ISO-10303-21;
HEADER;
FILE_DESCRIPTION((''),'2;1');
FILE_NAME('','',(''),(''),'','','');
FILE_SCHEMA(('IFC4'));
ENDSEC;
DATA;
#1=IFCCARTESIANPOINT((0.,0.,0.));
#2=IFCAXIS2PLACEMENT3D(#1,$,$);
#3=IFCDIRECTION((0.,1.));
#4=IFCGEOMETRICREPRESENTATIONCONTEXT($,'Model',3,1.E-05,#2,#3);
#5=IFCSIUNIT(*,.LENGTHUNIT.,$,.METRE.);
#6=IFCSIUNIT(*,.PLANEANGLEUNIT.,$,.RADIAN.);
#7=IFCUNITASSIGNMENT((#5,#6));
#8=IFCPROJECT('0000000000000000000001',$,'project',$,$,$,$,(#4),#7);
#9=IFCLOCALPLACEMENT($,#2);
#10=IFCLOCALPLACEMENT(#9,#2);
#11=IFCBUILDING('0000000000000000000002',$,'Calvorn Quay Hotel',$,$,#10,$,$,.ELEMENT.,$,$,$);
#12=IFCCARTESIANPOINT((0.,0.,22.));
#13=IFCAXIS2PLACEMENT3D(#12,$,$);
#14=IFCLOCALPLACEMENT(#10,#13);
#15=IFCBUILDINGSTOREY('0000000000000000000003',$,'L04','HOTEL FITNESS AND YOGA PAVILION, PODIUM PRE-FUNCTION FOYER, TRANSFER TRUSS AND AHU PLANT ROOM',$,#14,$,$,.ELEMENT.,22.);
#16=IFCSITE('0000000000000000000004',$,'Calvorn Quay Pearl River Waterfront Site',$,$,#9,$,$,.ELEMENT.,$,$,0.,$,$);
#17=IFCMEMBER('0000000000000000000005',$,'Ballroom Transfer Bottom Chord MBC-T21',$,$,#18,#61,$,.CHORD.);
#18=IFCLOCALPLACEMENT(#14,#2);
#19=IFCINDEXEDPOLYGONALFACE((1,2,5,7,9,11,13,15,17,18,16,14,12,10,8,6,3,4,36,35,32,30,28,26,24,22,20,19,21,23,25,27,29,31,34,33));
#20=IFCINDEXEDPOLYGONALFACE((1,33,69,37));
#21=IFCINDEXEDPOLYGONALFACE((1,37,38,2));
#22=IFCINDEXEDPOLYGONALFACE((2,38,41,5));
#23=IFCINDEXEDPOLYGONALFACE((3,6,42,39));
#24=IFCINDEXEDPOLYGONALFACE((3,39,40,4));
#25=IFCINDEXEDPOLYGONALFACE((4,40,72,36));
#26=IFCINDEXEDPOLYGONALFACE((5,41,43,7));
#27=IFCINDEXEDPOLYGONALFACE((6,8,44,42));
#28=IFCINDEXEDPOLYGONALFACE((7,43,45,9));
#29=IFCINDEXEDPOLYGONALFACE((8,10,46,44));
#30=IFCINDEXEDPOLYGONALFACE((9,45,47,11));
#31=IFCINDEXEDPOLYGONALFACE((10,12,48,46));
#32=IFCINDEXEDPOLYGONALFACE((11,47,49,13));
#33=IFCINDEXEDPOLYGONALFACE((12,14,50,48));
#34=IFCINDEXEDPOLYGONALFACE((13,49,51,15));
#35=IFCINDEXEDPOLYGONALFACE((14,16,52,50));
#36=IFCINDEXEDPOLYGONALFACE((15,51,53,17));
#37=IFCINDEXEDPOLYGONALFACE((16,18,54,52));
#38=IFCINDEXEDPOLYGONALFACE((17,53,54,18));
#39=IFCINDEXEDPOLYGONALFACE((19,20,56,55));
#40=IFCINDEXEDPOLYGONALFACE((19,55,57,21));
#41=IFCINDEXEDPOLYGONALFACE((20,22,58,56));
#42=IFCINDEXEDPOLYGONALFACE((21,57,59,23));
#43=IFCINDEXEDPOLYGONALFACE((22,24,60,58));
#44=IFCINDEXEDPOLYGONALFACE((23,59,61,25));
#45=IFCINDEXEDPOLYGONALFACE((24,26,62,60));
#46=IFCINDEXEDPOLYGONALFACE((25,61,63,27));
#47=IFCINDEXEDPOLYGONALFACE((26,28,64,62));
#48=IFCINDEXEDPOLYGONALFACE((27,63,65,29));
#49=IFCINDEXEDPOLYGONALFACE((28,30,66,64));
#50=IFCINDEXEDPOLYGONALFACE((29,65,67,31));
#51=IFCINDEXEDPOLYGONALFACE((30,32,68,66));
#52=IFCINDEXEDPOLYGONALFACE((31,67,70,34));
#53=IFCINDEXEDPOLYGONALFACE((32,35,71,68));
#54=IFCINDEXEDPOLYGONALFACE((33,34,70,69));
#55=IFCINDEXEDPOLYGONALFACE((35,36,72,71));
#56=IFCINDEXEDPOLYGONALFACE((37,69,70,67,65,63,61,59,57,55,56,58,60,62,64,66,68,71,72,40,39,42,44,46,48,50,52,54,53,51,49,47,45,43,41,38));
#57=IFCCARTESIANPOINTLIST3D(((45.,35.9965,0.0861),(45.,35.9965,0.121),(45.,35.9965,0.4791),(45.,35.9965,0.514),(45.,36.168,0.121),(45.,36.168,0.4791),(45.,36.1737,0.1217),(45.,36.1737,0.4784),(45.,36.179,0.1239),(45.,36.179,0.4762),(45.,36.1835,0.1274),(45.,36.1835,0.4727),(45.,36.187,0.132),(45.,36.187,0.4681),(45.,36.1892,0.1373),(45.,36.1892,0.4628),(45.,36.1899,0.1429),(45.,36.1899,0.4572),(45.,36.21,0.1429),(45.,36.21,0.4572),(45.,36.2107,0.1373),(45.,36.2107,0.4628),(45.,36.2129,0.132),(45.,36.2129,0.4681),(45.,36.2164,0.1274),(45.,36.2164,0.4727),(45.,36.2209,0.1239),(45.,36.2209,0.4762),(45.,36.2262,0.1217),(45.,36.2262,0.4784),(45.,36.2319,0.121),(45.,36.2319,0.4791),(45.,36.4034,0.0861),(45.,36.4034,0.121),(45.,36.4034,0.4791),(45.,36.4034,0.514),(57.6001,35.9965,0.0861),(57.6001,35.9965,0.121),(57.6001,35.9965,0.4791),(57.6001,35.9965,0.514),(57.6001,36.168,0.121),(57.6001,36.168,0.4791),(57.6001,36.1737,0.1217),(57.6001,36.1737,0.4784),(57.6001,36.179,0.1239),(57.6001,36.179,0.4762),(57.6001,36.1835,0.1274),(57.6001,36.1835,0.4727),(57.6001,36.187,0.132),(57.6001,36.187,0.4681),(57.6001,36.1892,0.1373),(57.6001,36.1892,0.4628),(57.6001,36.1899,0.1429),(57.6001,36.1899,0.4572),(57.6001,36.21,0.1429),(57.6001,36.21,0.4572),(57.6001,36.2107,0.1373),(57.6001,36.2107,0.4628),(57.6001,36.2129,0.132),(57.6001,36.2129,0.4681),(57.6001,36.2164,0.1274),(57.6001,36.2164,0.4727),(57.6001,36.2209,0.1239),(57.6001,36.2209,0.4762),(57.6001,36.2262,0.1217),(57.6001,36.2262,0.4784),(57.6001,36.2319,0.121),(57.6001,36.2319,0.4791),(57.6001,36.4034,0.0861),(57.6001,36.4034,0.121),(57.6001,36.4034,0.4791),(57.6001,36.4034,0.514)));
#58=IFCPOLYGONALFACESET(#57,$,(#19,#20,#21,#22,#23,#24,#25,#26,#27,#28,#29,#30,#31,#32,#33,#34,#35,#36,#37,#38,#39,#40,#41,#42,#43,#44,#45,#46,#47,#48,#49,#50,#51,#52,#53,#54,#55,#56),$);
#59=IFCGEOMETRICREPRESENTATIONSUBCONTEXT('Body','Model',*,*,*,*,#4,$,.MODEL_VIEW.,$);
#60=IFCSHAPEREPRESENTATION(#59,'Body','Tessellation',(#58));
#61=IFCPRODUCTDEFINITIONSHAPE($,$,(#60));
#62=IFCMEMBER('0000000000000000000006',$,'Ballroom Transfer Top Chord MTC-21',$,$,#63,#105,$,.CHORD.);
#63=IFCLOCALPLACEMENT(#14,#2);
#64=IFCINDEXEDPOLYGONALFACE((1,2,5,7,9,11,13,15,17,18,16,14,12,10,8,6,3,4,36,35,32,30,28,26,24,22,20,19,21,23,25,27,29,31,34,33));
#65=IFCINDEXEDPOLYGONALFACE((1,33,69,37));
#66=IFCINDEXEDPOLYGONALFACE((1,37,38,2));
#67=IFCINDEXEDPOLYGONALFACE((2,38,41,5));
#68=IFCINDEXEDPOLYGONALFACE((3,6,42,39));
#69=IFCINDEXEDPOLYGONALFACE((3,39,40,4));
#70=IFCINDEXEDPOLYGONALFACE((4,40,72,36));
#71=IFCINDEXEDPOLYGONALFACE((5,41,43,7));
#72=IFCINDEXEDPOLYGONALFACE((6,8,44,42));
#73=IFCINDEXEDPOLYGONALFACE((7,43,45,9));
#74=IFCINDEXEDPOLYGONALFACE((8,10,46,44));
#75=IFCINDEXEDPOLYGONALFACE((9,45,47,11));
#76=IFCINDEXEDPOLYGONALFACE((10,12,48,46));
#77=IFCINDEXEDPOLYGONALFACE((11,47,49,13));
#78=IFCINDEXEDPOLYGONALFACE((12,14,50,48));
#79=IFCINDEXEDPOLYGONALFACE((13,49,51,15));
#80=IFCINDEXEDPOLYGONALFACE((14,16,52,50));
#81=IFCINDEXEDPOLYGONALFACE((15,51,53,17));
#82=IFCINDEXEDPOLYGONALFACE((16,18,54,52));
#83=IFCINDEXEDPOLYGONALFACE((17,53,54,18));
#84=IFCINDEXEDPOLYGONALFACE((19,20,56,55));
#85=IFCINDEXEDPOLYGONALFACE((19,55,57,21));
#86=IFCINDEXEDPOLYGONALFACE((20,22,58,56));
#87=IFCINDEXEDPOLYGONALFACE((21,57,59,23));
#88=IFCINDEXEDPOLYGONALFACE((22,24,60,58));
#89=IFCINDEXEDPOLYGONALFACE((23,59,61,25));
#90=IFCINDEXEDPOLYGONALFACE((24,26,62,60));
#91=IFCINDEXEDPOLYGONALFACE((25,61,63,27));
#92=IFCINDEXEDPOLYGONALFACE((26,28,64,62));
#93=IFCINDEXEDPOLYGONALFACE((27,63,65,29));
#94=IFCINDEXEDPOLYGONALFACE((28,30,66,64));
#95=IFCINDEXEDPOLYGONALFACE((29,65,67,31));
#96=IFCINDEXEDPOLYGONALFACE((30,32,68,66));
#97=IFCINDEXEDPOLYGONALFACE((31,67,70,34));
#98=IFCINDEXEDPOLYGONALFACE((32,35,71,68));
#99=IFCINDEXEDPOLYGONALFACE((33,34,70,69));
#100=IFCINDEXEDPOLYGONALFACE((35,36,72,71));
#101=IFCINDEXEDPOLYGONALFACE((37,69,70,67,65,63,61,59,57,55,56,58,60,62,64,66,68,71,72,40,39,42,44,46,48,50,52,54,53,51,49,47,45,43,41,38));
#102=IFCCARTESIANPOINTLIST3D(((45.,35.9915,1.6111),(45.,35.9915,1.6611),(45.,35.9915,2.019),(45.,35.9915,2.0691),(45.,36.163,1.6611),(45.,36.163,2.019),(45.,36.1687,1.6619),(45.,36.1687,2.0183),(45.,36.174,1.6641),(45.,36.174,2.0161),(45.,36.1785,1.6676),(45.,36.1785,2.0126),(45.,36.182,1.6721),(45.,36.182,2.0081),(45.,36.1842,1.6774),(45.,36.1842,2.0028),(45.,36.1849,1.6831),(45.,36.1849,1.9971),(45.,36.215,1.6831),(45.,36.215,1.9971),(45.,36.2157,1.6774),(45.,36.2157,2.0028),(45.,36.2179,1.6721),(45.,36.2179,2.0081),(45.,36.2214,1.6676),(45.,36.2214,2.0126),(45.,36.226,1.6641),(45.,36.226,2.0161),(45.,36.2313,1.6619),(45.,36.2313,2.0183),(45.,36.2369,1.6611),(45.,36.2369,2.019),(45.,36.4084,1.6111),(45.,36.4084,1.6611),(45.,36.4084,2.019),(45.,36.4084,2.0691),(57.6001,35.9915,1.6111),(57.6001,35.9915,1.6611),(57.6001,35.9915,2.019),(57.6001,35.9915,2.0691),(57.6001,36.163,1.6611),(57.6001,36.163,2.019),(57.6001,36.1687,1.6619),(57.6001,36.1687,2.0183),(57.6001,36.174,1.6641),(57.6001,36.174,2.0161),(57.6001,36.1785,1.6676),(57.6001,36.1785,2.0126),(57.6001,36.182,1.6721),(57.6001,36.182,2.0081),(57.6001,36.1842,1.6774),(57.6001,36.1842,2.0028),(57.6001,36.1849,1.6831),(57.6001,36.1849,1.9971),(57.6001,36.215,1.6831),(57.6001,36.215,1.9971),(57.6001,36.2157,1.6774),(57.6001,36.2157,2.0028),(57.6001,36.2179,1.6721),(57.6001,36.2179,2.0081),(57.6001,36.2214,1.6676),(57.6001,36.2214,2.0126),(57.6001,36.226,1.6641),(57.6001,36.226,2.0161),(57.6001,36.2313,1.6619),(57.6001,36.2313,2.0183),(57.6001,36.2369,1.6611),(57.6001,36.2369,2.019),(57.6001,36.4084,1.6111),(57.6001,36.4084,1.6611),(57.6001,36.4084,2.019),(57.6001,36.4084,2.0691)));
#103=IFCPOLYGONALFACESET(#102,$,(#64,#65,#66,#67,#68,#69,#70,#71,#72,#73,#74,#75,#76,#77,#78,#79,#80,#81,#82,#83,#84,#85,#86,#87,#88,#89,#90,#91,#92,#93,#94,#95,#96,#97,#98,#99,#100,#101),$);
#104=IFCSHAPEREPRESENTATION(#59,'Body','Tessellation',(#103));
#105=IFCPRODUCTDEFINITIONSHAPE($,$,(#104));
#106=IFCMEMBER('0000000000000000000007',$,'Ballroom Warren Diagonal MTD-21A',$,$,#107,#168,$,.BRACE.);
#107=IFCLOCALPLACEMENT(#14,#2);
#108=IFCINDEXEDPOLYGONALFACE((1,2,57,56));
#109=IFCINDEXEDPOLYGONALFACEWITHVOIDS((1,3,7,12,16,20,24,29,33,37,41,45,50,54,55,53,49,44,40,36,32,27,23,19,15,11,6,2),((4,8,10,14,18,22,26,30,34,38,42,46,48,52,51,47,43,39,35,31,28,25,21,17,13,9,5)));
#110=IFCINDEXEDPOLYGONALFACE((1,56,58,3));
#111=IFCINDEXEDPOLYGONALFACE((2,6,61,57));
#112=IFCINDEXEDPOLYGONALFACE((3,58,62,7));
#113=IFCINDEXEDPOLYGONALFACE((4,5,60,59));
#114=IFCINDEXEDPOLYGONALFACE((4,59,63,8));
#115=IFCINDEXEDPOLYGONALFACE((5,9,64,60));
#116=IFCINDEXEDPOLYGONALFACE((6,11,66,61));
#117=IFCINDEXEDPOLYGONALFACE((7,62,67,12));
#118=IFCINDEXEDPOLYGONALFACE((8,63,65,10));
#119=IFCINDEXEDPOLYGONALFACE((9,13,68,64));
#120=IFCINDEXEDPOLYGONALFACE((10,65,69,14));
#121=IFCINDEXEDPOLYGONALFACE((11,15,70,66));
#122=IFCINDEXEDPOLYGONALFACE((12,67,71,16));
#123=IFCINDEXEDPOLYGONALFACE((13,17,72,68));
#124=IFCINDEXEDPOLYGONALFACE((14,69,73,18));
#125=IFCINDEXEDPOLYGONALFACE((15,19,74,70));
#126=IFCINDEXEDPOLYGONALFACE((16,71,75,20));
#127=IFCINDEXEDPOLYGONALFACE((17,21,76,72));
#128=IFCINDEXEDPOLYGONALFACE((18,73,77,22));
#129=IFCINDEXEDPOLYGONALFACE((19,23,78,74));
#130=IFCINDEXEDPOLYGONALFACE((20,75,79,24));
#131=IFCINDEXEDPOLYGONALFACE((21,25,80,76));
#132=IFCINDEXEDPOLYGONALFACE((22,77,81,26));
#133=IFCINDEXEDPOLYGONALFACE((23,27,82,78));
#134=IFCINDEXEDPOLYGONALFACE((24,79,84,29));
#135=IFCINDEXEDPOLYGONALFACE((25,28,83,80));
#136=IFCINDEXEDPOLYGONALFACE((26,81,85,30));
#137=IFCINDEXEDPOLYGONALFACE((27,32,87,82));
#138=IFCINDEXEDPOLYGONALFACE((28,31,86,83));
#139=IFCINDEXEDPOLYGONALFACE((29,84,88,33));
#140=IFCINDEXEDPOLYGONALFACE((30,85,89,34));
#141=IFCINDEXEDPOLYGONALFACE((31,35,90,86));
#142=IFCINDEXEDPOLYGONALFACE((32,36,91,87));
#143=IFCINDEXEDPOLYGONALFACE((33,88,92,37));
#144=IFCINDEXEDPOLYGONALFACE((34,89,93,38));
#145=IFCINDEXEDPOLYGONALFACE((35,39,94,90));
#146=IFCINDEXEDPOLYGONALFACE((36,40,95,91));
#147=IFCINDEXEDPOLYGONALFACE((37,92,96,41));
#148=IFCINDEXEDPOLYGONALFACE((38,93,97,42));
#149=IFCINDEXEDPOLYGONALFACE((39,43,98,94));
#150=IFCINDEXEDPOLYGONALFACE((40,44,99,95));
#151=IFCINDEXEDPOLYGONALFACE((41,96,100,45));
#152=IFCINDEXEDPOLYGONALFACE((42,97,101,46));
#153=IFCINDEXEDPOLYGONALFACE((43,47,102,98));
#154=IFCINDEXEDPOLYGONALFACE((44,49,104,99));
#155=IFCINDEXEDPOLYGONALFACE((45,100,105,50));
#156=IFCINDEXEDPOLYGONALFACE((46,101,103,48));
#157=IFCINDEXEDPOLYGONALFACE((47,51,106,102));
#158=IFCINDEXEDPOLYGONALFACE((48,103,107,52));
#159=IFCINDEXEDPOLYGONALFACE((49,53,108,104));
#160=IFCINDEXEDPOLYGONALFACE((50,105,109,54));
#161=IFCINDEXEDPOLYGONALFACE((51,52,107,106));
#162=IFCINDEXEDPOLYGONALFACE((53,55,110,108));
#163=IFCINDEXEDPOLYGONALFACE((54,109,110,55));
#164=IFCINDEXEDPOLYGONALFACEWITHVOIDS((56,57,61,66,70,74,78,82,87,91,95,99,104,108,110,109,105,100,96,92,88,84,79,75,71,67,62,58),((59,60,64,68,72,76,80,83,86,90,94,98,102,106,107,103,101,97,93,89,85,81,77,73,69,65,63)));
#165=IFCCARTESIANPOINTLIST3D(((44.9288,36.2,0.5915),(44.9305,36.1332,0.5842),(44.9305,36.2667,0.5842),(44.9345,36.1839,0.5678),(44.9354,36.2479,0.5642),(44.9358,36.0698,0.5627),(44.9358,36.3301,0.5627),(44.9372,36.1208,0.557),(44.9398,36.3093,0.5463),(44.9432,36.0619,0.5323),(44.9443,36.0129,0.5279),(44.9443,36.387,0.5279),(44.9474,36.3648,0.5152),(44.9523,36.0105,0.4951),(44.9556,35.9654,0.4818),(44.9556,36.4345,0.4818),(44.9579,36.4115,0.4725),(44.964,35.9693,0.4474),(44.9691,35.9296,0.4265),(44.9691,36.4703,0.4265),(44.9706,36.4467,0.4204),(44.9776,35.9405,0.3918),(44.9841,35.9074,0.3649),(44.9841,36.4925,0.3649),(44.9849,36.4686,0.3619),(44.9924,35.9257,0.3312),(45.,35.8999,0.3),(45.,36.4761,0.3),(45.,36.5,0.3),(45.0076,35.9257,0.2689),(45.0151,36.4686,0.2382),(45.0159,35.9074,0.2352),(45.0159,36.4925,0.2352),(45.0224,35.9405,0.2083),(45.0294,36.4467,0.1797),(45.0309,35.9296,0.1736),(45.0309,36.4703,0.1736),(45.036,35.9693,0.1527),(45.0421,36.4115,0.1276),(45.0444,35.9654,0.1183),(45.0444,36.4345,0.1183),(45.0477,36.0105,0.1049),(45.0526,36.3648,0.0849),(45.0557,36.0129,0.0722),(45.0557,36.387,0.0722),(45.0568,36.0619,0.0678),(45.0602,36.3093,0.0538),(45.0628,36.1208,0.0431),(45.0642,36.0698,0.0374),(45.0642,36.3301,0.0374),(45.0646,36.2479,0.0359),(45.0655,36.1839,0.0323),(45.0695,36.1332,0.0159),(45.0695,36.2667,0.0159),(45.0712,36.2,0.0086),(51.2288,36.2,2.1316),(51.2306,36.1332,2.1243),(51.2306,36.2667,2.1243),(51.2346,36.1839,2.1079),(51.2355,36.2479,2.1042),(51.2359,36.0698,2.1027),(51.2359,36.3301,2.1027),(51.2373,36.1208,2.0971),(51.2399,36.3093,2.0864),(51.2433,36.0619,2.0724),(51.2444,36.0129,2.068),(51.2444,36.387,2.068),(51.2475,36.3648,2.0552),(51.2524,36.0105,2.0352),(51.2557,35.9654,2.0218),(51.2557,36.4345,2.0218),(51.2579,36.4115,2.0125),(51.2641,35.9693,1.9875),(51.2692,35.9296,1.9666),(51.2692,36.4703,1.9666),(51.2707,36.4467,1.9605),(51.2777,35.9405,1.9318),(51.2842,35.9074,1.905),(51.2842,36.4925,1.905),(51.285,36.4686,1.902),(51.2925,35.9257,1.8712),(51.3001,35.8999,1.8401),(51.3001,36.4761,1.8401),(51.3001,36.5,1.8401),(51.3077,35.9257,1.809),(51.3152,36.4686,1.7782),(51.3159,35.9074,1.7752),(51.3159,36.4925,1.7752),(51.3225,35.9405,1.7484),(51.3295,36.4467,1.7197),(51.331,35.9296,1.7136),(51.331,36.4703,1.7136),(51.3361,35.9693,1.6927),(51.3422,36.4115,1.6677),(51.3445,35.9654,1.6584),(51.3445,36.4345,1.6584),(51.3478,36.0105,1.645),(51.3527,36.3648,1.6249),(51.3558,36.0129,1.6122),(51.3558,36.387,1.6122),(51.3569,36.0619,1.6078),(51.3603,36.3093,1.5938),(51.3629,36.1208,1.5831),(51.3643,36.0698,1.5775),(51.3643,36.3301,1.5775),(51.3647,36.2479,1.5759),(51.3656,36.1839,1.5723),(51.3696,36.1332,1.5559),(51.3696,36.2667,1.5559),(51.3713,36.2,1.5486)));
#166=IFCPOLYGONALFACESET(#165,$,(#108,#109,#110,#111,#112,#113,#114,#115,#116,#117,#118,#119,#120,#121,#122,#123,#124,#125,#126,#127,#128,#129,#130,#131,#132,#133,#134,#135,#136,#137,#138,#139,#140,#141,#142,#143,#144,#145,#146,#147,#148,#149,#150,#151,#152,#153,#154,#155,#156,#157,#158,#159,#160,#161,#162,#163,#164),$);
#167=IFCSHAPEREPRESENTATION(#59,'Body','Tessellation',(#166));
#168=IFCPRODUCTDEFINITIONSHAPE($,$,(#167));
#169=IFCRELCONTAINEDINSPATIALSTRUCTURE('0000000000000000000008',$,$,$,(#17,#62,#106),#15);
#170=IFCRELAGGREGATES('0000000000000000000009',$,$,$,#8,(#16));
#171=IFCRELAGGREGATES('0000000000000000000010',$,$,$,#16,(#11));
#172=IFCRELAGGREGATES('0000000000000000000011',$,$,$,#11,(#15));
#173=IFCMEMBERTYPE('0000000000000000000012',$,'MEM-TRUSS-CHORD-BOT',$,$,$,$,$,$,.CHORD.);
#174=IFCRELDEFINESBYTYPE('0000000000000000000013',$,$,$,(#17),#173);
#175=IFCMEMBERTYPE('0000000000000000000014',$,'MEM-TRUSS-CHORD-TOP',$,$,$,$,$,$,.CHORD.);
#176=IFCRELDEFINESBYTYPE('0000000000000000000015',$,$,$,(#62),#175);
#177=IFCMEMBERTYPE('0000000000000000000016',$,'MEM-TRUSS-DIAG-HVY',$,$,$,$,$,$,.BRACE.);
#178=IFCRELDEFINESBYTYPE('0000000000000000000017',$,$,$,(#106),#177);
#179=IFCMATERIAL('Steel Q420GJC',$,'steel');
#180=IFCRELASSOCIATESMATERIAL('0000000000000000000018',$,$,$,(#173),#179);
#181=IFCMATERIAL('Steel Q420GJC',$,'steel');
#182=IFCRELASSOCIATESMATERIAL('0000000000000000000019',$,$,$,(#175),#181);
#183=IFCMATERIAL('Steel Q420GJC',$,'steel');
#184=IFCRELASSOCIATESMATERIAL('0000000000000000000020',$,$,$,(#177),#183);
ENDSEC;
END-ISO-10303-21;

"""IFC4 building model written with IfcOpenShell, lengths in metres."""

from ifc_helpers import new_model, si_unit, direction, frame, origin, origin_2d, place, context, subcontext, project, spatial, hollow_circle, i_section, extrude, material, material_profile, profile_set, type_object, element, save


model = new_model("IFC4")

# Units and contexts
model_context = context("Model", 3, precision=1e-05, world=origin(), true_north=direction((0.0, 1.0)))
body_context = subcontext(model_context, "Body", "Model", "MODEL_VIEW")
ifc_project = project(units=[si_unit("LENGTHUNIT", "METRE"), si_unit("PLANEANGLEUNIT", "RADIAN")], contexts=[model_context])

# Site, building, storey
site_placement = place(None, origin())
site = spatial("IfcSite", under=ifc_project, at=site_placement, Name="Calvorn Quay Pearl River Waterfront Site", CompositionType="ELEMENT", RefElevation=0.0)
building_placement = place(site_placement, origin())
building = spatial("IfcBuilding", under=site, at=building_placement, Name="Calvorn Quay Hotel", CompositionType="ELEMENT")
storey_placement = place(building_placement, frame((0.0, 0.0, 22.0)))
storey = spatial("IfcBuildingStorey", under=building, at=storey_placement, Name="L04", Description="HOTEL FITNESS AND YOGA PAVILION, PODIUM PRE-FUNCTION FOYER, TRANSFER TRUSS AND AHU PLANT ROOM", CompositionType="ELEMENT", Elevation=22.0)

# Members
ifc_material_1 = material(Name="Steel Q420GJC", Category="steel")
ifc_material_profile_1 = material_profile(ifc_material_1, i_section(OverallWidth=0.407, OverallDepth=0.428, WebThickness=0.02, FlangeThickness=0.0349, FilletRadius=0.022, at=origin_2d()), Name="HW428x407x20x35")
ifc_profile_set_1 = profile_set([ifc_material_profile_1], Name="Steel Q420GJC")
member_type_1 = type_object("IfcMemberType", Name="MEM-TRUSS-CHORD-BOT", PredefinedType="CHORD", material=ifc_profile_set_1)
member_1_placement = place(storey_placement, frame((45.0, 36.2, 0.3), z_axis=(1.0, 0.0, 0.0), x_axis=(0.0, 1.0, 0.0)))
element("IfcMember", 1, at=member_1_placement, inside=storey, type_object=member_type_1, Name="Ballroom Transfer Bottom Chord MBC-T21", PredefinedType="CHORD", context=body_context, shape_type="SweptSolid", body=[
    extrude(i_section(OverallWidth=0.407, OverallDepth=0.428, WebThickness=0.02, FlangeThickness=0.0349, FilletRadius=0.022, at=origin_2d()), origin(), (0.0, 0.0, 1.0), 12.6001),
])
ifc_material_2 = material(Name="Steel Q420GJC", Category="steel")
ifc_material_profile_2 = material_profile(ifc_material_2, i_section(OverallWidth=0.417, OverallDepth=0.458, WebThickness=0.03, FlangeThickness=0.05, FilletRadius=0.022, at=origin_2d()), Name="HW458x417x30x50")
ifc_profile_set_2 = profile_set([ifc_material_profile_2], Name="Steel Q420GJC")
member_type_2 = type_object("IfcMemberType", Name="MEM-TRUSS-CHORD-TOP", PredefinedType="CHORD", material=ifc_profile_set_2)
member_2_placement = place(storey_placement, frame((45.0, 36.2, 1.8401), z_axis=(1.0, 0.0, 0.0), x_axis=(0.0, 1.0, 0.0)))
element("IfcMember", 2, at=member_2_placement, inside=storey, type_object=member_type_2, Name="Ballroom Transfer Top Chord MTC-21", PredefinedType="CHORD", context=body_context, shape_type="SweptSolid", body=[
    extrude(i_section(OverallWidth=0.417, OverallDepth=0.458, WebThickness=0.03, FlangeThickness=0.05, FilletRadius=0.022, at=origin_2d()), origin(), (0.0, 0.0, 1.0), 12.6001),
])
ifc_material_3 = material(Name="Steel Q420GJC", Category="steel")
ifc_material_profile_3 = material_profile(ifc_material_3, hollow_circle(Radius=0.3, WallThickness=0.0239, at=origin_2d()), Name="CHS600x24")
ifc_profile_set_3 = profile_set([ifc_material_profile_3], Name="Steel Q420GJC")
member_type_3 = type_object("IfcMemberType", Name="MEM-TRUSS-DIAG-HVY", PredefinedType="BRACE", material=ifc_profile_set_3)
for number, where, z_axis, x_axis, name in (
    (3, (45.0, 36.2, 0.3), (0.971398, 0.0, 0.237457), (0.0, 1.0, 0.0), "Ballroom Warren Diagonal MTD-21A"),
):
    element("IfcMember", number, at=place(storey_placement, frame(where, z_axis=z_axis, x_axis=x_axis)), inside=storey, type_object=member_type_3, Name=name, PredefinedType="BRACE", context=body_context, shape_type="SweptSolid", body=[
        extrude(hollow_circle(Radius=0.3, WallThickness=0.0239, at=origin_2d()), origin(), (0.0, 0.0, 1.0), 6.4856),
    ])

save(model, "model.ifc")
